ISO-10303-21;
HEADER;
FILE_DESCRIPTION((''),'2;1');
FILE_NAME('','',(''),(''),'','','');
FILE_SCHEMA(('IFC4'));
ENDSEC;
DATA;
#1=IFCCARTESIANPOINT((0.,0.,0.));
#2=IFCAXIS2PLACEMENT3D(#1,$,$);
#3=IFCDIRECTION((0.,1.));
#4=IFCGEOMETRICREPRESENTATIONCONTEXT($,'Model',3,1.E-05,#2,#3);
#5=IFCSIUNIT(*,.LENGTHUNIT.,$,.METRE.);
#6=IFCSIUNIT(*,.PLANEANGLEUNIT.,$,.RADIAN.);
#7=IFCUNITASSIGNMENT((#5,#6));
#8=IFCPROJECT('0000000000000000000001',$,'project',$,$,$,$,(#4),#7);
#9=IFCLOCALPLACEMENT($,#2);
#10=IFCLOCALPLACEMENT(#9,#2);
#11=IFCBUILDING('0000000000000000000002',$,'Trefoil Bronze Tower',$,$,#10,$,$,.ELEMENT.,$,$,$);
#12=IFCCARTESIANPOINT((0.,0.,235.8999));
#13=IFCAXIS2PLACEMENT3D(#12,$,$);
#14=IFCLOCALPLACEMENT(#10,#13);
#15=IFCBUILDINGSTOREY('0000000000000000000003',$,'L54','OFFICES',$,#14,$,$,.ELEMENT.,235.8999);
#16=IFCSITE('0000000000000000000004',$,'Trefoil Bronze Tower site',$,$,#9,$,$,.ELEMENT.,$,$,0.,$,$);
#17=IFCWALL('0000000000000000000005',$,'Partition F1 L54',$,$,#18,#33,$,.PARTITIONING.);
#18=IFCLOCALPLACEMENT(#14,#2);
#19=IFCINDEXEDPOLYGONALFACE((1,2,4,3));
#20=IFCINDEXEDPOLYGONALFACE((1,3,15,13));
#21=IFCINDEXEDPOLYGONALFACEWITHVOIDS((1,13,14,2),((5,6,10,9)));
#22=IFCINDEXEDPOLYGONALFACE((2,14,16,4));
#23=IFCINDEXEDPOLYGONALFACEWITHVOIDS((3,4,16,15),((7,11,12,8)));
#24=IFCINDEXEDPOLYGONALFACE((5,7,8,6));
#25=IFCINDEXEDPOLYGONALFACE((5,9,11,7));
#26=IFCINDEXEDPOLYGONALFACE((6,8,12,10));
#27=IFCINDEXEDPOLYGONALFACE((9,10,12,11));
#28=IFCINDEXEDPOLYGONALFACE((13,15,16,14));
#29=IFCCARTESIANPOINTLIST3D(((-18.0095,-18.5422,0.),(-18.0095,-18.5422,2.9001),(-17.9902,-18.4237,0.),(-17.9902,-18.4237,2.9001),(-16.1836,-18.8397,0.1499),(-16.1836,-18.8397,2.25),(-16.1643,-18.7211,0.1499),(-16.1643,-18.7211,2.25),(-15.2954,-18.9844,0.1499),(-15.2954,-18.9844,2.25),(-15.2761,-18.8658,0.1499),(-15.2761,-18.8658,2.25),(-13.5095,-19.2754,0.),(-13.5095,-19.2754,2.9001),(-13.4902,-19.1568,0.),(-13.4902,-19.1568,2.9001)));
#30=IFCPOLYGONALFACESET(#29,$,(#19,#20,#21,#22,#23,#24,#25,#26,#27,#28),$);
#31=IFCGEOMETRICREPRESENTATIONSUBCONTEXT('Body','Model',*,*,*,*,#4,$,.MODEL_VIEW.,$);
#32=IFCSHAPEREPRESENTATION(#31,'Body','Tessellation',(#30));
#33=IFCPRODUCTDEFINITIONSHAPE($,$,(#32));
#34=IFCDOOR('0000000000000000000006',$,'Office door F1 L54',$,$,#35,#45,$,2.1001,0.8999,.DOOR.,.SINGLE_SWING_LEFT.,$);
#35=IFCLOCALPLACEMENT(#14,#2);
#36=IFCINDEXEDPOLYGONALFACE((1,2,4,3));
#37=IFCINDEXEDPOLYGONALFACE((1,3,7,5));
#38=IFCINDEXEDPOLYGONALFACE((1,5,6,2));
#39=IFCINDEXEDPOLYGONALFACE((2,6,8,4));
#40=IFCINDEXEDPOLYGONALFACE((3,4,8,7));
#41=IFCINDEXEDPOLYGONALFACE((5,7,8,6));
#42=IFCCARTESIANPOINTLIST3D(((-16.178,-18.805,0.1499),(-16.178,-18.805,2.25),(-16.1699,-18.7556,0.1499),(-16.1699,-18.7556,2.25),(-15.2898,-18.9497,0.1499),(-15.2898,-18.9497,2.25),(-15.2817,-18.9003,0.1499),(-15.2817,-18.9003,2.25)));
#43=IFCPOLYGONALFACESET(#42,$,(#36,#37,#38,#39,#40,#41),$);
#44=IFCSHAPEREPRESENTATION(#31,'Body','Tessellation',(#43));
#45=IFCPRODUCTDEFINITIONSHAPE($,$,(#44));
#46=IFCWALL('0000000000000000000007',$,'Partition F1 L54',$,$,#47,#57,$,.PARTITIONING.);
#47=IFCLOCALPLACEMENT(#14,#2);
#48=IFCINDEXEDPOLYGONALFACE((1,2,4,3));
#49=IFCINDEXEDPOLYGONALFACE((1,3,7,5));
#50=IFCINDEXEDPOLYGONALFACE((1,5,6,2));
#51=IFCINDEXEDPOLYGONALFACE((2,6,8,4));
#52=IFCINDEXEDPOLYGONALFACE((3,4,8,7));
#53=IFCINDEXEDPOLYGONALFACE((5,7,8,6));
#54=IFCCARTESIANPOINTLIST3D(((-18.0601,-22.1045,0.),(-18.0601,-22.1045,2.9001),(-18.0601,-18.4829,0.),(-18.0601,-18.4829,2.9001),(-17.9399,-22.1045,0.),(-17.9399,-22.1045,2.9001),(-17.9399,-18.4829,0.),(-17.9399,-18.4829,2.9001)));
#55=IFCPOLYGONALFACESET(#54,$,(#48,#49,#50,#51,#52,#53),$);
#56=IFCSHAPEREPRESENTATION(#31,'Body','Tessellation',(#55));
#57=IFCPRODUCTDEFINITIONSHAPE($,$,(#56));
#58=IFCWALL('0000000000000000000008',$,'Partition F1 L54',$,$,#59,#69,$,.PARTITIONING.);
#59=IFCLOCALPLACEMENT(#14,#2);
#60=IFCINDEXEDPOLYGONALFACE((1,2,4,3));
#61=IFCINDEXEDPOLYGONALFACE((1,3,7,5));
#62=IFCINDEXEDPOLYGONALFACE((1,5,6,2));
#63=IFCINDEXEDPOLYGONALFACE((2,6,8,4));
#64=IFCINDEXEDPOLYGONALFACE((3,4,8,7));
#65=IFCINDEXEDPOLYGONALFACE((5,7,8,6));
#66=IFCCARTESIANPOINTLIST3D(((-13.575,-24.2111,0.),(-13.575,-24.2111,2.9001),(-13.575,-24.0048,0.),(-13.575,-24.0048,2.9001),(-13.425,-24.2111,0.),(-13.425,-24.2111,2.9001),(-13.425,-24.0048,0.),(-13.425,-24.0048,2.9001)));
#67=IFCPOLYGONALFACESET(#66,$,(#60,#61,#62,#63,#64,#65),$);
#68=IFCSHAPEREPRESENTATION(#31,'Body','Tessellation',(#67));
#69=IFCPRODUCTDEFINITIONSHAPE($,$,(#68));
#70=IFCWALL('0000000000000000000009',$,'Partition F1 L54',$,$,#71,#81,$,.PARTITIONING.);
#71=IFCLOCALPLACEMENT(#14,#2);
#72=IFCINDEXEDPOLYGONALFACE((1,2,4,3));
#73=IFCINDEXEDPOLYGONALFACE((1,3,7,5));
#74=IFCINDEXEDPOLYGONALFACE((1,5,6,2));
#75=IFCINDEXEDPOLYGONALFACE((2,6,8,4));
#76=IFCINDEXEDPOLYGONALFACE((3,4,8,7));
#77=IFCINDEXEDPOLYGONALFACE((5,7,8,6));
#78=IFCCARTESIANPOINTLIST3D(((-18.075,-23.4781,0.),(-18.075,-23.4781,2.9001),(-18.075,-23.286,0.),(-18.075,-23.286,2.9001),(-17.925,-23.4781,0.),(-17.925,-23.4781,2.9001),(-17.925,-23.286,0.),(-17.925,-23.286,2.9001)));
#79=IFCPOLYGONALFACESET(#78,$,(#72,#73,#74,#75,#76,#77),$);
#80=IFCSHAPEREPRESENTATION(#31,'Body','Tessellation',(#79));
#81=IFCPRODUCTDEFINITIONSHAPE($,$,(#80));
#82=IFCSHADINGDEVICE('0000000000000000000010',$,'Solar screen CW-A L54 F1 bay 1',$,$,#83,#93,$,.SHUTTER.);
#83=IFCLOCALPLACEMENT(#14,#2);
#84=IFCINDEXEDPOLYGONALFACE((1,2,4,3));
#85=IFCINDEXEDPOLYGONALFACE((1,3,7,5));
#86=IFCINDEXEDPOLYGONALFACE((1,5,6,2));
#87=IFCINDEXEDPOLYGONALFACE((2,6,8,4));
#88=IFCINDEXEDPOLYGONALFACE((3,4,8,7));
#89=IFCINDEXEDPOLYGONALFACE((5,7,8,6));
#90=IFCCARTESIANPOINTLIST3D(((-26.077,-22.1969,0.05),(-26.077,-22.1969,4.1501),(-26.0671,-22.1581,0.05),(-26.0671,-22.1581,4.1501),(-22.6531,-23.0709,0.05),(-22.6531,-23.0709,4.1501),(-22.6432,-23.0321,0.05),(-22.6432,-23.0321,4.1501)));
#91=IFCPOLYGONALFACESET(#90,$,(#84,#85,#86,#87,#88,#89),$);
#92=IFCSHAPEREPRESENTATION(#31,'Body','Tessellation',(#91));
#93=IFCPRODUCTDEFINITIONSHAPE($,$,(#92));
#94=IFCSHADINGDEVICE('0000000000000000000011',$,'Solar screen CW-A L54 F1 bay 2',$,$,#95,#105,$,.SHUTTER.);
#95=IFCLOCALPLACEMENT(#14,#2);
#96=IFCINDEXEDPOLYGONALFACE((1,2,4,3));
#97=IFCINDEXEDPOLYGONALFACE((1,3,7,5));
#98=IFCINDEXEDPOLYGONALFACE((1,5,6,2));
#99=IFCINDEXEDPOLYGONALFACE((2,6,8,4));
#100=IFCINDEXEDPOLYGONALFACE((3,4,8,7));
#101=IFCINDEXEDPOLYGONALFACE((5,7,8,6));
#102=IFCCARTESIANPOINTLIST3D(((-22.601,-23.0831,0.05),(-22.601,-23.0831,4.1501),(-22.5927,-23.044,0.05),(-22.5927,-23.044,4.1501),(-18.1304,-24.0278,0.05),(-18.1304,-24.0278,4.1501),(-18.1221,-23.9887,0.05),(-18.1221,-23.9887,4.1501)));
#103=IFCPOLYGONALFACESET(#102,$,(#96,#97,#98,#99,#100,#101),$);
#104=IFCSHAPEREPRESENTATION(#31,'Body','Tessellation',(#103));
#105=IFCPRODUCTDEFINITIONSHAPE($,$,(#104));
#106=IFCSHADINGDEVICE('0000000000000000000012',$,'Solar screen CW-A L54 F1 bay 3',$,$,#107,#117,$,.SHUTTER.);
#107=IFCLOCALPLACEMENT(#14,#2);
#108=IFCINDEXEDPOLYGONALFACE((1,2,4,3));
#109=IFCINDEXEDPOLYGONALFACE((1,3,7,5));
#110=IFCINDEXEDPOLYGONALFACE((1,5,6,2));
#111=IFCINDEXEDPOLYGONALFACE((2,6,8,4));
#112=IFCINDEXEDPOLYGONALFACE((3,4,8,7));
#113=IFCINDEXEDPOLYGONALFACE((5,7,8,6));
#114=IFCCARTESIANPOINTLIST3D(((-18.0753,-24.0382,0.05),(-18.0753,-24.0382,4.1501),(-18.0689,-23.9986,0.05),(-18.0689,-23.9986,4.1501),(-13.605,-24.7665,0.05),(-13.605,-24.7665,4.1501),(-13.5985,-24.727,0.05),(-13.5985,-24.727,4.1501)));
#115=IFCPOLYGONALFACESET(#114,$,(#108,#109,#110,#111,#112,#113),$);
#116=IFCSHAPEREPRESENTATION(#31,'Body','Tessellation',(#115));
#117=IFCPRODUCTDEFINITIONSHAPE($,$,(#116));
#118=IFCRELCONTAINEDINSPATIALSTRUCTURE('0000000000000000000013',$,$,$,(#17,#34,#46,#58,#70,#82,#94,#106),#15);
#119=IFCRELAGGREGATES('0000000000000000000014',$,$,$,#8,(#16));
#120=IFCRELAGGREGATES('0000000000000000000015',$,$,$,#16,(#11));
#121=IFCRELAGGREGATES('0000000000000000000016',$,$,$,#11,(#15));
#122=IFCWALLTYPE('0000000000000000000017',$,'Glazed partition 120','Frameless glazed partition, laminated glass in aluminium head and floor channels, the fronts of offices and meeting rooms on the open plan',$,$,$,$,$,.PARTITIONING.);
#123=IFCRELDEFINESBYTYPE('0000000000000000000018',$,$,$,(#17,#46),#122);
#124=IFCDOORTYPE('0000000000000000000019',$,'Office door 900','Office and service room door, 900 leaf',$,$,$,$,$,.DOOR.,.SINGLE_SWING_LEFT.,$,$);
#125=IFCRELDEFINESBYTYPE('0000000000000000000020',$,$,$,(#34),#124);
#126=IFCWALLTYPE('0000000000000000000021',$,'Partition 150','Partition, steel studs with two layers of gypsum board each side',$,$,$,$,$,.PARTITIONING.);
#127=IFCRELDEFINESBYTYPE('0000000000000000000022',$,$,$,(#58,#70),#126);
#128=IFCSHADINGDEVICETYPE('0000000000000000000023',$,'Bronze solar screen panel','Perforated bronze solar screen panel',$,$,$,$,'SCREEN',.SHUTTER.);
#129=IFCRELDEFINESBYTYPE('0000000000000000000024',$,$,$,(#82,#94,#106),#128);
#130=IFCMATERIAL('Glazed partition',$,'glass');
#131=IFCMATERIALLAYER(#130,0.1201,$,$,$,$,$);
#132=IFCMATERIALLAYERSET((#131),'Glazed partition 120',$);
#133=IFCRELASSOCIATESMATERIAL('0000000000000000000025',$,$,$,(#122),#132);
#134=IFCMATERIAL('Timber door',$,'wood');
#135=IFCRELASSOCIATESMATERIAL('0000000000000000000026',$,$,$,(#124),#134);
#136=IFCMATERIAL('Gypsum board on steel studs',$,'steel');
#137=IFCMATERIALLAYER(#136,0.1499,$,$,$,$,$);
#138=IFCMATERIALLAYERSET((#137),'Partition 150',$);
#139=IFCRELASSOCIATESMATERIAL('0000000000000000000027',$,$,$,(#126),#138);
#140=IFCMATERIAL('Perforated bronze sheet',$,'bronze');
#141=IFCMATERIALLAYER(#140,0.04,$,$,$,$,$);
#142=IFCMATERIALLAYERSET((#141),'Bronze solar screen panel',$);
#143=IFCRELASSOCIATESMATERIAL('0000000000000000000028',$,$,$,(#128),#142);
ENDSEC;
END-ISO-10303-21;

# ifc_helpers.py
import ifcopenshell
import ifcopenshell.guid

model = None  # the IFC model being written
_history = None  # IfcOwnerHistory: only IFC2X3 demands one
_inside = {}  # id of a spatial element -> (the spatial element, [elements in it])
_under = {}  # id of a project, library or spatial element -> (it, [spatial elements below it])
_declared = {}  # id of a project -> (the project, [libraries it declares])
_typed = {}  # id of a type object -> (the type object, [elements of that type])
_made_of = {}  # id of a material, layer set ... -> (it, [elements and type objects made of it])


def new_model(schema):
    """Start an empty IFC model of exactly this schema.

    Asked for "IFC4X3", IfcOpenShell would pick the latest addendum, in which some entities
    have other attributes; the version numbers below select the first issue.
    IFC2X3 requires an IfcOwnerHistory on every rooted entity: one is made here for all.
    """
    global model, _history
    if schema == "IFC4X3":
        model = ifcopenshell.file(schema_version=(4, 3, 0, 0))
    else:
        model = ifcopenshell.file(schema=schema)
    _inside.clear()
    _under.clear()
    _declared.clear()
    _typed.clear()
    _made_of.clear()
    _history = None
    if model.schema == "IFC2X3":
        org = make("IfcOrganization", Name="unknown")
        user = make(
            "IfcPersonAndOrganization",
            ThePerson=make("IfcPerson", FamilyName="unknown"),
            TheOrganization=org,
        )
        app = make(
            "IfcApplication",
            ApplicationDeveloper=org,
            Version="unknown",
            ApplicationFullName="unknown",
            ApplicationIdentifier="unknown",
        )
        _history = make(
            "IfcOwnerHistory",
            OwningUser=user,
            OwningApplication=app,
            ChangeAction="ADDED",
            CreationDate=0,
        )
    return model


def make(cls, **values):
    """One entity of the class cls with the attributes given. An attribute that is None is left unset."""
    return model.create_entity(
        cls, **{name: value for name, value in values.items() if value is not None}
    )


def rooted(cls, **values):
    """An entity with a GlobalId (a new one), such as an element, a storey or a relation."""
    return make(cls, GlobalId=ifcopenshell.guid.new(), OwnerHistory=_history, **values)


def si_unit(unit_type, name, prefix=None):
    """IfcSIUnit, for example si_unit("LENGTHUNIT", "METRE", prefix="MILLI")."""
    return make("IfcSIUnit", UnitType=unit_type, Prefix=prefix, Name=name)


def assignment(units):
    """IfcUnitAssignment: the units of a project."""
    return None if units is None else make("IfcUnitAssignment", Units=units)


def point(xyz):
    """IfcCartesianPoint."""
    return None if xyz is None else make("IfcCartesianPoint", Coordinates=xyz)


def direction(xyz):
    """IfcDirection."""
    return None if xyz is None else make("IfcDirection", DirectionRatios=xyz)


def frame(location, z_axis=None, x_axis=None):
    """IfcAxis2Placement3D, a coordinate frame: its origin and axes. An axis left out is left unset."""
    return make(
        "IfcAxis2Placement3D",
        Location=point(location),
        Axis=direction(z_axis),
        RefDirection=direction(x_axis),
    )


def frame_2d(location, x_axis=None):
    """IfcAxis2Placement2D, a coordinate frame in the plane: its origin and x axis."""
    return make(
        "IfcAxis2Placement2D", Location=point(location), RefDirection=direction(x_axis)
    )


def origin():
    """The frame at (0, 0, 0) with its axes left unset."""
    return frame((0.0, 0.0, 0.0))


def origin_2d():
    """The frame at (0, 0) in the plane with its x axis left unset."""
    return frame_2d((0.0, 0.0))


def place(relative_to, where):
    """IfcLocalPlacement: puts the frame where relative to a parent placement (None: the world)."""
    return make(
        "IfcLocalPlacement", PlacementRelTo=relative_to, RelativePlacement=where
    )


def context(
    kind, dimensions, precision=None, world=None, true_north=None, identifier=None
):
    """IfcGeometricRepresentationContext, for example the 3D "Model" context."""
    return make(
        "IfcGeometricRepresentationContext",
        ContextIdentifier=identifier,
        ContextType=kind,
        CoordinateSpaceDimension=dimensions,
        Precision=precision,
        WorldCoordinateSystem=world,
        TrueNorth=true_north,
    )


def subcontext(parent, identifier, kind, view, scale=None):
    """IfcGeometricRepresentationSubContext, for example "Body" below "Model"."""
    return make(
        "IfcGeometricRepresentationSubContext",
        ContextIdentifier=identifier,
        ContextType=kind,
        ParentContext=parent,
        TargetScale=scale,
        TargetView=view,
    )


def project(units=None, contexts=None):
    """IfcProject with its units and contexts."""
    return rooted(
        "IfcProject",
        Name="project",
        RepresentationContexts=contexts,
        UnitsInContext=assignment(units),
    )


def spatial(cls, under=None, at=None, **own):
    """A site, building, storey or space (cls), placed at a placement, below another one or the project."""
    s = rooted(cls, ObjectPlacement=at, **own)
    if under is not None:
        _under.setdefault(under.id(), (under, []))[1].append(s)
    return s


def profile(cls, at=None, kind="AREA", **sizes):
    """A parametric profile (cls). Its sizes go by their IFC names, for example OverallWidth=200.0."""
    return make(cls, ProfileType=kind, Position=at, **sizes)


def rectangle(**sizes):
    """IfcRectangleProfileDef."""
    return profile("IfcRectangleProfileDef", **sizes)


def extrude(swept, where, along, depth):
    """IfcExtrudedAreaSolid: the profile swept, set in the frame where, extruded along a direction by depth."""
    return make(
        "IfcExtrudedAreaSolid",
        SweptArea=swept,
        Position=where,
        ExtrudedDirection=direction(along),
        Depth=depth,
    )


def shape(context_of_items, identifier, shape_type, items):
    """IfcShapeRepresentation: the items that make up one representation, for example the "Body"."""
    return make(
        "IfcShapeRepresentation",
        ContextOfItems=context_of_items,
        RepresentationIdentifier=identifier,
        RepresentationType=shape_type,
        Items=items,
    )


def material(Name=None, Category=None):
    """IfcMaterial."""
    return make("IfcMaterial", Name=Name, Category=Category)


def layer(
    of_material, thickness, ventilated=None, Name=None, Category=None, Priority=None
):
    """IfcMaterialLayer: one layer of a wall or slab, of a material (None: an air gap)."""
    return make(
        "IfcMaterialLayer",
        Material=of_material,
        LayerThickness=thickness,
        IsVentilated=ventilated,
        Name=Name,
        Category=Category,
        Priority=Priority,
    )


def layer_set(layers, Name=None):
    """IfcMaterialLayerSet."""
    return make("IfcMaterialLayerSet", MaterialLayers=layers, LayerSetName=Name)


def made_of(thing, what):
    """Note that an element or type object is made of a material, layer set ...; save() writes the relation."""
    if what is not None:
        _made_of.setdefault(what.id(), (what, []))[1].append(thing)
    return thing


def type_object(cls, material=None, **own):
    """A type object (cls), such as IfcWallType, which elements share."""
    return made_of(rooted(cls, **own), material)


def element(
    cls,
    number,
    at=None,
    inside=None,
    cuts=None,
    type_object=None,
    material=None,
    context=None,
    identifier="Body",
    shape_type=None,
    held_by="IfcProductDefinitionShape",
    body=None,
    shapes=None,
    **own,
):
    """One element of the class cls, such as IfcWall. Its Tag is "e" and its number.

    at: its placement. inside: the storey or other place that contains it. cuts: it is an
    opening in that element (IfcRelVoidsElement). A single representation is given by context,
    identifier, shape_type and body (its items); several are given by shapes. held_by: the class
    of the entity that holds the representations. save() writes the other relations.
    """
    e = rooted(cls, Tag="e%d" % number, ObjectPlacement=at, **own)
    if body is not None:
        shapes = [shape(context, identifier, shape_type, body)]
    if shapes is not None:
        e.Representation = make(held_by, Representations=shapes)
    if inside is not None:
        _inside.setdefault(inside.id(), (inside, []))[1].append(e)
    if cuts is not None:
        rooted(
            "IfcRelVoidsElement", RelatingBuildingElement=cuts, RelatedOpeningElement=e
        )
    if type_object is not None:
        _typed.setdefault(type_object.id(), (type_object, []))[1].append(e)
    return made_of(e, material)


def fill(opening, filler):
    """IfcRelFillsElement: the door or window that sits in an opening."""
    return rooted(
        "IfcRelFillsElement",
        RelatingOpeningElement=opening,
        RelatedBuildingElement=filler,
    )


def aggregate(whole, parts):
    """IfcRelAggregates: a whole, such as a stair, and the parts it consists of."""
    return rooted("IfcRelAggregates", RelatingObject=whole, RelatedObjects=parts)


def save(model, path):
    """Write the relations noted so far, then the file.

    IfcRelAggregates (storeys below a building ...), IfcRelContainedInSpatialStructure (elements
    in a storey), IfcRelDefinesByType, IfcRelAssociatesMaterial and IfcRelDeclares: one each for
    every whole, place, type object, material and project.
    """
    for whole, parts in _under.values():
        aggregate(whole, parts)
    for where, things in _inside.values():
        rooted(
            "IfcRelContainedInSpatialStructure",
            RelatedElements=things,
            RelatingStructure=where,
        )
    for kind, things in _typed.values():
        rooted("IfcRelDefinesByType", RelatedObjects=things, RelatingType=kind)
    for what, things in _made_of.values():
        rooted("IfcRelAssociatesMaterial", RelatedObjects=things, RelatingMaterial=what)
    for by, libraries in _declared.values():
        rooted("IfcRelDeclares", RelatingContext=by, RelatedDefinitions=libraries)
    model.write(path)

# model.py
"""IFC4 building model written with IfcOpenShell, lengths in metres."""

from ifc_helpers import new_model, si_unit, direction, frame, frame_2d, origin, origin_2d, place, context, subcontext, project, spatial, rectangle, extrude, material, layer, layer_set, type_object, element, fill, save


model = new_model("IFC4")

# Units and contexts
model_context = context("Model", 3, precision=1e-05, world=origin(), true_north=direction((0.0, 1.0)))
body_context = subcontext(model_context, "Body", "Model", "MODEL_VIEW")
ifc_project = project(units=[si_unit("LENGTHUNIT", "METRE"), si_unit("PLANEANGLEUNIT", "RADIAN")], contexts=[model_context])

# Site, building, storey
site_placement = place(None, origin())
site = spatial("IfcSite", under=ifc_project, at=site_placement, Name="Trefoil Bronze Tower site", CompositionType="ELEMENT", RefElevation=0.0)
building_placement = place(site_placement, origin())
building = spatial("IfcBuilding", under=site, at=building_placement, Name="Trefoil Bronze Tower", CompositionType="ELEMENT")
storey_placement = place(building_placement, frame((0.0, 0.0, 235.8999)))
storey = spatial("IfcBuildingStorey", under=building, at=storey_placement, Name="L54", Description="OFFICES", CompositionType="ELEMENT", Elevation=235.8999)

# Wall, opening, door
ifc_material_1 = material(Name="Glazed partition", Category="glass")
ifc_layer_1 = layer(ifc_material_1, 0.1201)
ifc_layer_set_1 = layer_set([ifc_layer_1], Name="Glazed partition 120")
wall_type_1 = type_object("IfcWallType", Name="Glazed partition 120", Description="Frameless glazed partition, laminated glass in aluminium head and floor channels, the fronts of offices and meeting rooms on the open plan", PredefinedType="PARTITIONING", material=ifc_layer_set_1)
wall_1_placement = place(storey_placement, frame((-18.0, -18.4829, 0.0), z_axis=(0.0, 0.0, 1.0), x_axis=(0.986987, -0.160803, 0.0)))
wall_1 = element("IfcWall", 1, at=wall_1_placement, inside=storey, type_object=wall_type_1, Name="Partition F1 L54", PredefinedType="PARTITIONING", context=body_context, shape_type="SweptSolid", body=[
    extrude(rectangle(XDim=4.5593, YDim=0.1201, at=frame_2d((2.2798, 0.0))), origin(), (0.0, 0.0, 1.0), 2.9001),
])
opening_placement = place(wall_1_placement, frame((1.8501, 0.0, 0.1499)))
opening = element("IfcOpeningElement", 2, at=opening_placement, cuts=wall_1, PredefinedType="OPENING", context=body_context, shape_type="SweptSolid", body=[
    extrude(rectangle(XDim=0.8999, YDim=2.1001, at=frame_2d((0.45, 1.05))), frame((0.0, 0.0701, 0.0), z_axis=(0.0, -1.0, 0.0), x_axis=(1.0, 0.0, 0.0)), (0.0, 0.0, 1.0), 0.1401),
])
ifc_material_2 = material(Name="Timber door", Category="wood")
door_type = type_object("IfcDoorType", Name="Office door 900", Description="Office and service room door, 900 leaf", OperationType="SINGLE_SWING_LEFT", PredefinedType="DOOR", material=ifc_material_2)
door_placement = place(opening_placement, frame((0.8999, 0.0, 0.0), z_axis=(0.0, 0.0, 1.0), x_axis=(-1.0, 0.0, 0.0)))
door = element("IfcDoor", 3, at=door_placement, inside=storey, type_object=door_type, Name="Office door F1 L54", OperationType="SINGLE_SWING_LEFT", OverallHeight=2.1001, OverallWidth=0.8999, PredefinedType="DOOR", context=body_context, shape_type="SweptSolid", body=[
    extrude(rectangle(XDim=0.8999, YDim=2.1001, at=frame_2d((0.45, 1.05))), frame((0.0, 0.0249, 0.0), z_axis=(0.0, -1.0, 0.0), x_axis=(1.0, 0.0, 0.0)), (0.0, 0.0, 1.0), 0.05),
])
fill(opening, door)

# Walls
wall_2_placement = place(storey_placement, frame((-18.0, -18.4829, 0.0), z_axis=(0.0, 0.0, 1.0), x_axis=(0.0, -1.0, 0.0)))
element("IfcWall", 4, at=wall_2_placement, inside=storey, type_object=wall_type_1, Name="Partition F1 L54", PredefinedType="PARTITIONING", context=body_context, shape_type="SweptSolid", body=[
    extrude(rectangle(XDim=3.6216, YDim=0.1201, at=frame_2d((1.8108, 0.0))), origin(), (0.0, 0.0, 1.0), 2.9001),
])
ifc_material_3 = material(Name="Gypsum board on steel studs", Category="steel")
ifc_layer_2 = layer(ifc_material_3, 0.1499)
ifc_layer_set_2 = layer_set([ifc_layer_2], Name="Partition 150")
wall_type_2 = type_object("IfcWallType", Name="Partition 150", Description="Partition, steel studs with two layers of gypsum board each side", PredefinedType="PARTITIONING", material=ifc_layer_set_2)
wall_3_placement = place(storey_placement, frame((-13.5, -24.0049, 0.0), z_axis=(0.0, 0.0, 1.0), x_axis=(0.0, -1.0, 0.0)))
element("IfcWall", 5, at=wall_3_placement, inside=storey, type_object=wall_type_2, Name="Partition F1 L54", PredefinedType="PARTITIONING", context=body_context, shape_type="SweptSolid", body=[
    extrude(rectangle(XDim=0.2063, YDim=0.1499, at=frame_2d((0.103, 0.0))), origin(), (0.0, 0.0, 1.0), 2.9001),
])
wall_4_placement = place(storey_placement, frame((-18.0, -23.2859, 0.0), z_axis=(0.0, 0.0, 1.0), x_axis=(0.0, -1.0, 0.0)))
element("IfcWall", 6, at=wall_4_placement, inside=storey, type_object=wall_type_2, Name="Partition F1 L54", PredefinedType="PARTITIONING", context=body_context, shape_type="SweptSolid", body=[
    extrude(rectangle(XDim=0.1921, YDim=0.1499, at=frame_2d((0.0962, 0.0))), origin(), (0.0, 0.0, 1.0), 2.9001),
])

# Shading devices
ifc_material_4 = material(Name="Perforated bronze sheet", Category="bronze")
ifc_layer_3 = layer(ifc_material_4, 0.04)
ifc_layer_set_3 = layer_set([ifc_layer_3], Name="Bronze solar screen panel")
shading_device_type = type_object("IfcShadingDeviceType", Name="Bronze solar screen panel", Description="Perforated bronze solar screen panel", ElementType="SCREEN", PredefinedType="SHUTTER", material=ifc_layer_set_3)
shading_device_1_placement = place(storey_placement, frame((-24.3601, -22.6145, 0.05), z_axis=(0.0, 0.0, 1.0), x_axis=(0.968934, -0.247319, 0.0)))
element("IfcShadingDevice", 7, at=shading_device_1_placement, inside=storey, type_object=shading_device_type, Name="Solar screen CW-A L54 F1 bay 1", PredefinedType="SHUTTER", context=body_context, shape_type="SweptSolid", body=[
    extrude(rectangle(XDim=3.5337, YDim=0.04, at=origin_2d()), origin(), (0.0, 0.0, 1.0), 4.1001),
])
shading_device_2_placement = place(storey_placement, frame((-20.3616, -23.5359, 0.05), z_axis=(0.0, 0.0, 1.0), x_axis=(0.978394, -0.206747, 0.0)))
element("IfcShadingDevice", 8, at=shading_device_2_placement, inside=storey, type_object=shading_device_type, Name="Solar screen CW-A L54 F1 bay 2", PredefinedType="SHUTTER", context=body_context, shape_type="SweptSolid", body=[
    extrude(rectangle(XDim=4.5693, YDim=0.04, at=origin_2d()), origin(), (0.0, 0.0, 1.0), 4.1001),
])
shading_device_3_placement = place(storey_placement, frame((-15.8369, -24.3826, 0.05), z_axis=(0.0, 0.0, 1.0), x_axis=(0.986987, -0.160803, 0.0)))
element("IfcShadingDevice", 9, at=shading_device_3_placement, inside=storey, type_object=shading_device_type, Name="Solar screen CW-A L54 F1 bay 3", PredefinedType="SHUTTER", context=body_context, shape_type="SweptSolid", body=[
    extrude(rectangle(XDim=4.5293, YDim=0.04, at=origin_2d()), origin(), (0.0, 0.0, 1.0), 4.1001),
])

save(model, "model.ifc")
